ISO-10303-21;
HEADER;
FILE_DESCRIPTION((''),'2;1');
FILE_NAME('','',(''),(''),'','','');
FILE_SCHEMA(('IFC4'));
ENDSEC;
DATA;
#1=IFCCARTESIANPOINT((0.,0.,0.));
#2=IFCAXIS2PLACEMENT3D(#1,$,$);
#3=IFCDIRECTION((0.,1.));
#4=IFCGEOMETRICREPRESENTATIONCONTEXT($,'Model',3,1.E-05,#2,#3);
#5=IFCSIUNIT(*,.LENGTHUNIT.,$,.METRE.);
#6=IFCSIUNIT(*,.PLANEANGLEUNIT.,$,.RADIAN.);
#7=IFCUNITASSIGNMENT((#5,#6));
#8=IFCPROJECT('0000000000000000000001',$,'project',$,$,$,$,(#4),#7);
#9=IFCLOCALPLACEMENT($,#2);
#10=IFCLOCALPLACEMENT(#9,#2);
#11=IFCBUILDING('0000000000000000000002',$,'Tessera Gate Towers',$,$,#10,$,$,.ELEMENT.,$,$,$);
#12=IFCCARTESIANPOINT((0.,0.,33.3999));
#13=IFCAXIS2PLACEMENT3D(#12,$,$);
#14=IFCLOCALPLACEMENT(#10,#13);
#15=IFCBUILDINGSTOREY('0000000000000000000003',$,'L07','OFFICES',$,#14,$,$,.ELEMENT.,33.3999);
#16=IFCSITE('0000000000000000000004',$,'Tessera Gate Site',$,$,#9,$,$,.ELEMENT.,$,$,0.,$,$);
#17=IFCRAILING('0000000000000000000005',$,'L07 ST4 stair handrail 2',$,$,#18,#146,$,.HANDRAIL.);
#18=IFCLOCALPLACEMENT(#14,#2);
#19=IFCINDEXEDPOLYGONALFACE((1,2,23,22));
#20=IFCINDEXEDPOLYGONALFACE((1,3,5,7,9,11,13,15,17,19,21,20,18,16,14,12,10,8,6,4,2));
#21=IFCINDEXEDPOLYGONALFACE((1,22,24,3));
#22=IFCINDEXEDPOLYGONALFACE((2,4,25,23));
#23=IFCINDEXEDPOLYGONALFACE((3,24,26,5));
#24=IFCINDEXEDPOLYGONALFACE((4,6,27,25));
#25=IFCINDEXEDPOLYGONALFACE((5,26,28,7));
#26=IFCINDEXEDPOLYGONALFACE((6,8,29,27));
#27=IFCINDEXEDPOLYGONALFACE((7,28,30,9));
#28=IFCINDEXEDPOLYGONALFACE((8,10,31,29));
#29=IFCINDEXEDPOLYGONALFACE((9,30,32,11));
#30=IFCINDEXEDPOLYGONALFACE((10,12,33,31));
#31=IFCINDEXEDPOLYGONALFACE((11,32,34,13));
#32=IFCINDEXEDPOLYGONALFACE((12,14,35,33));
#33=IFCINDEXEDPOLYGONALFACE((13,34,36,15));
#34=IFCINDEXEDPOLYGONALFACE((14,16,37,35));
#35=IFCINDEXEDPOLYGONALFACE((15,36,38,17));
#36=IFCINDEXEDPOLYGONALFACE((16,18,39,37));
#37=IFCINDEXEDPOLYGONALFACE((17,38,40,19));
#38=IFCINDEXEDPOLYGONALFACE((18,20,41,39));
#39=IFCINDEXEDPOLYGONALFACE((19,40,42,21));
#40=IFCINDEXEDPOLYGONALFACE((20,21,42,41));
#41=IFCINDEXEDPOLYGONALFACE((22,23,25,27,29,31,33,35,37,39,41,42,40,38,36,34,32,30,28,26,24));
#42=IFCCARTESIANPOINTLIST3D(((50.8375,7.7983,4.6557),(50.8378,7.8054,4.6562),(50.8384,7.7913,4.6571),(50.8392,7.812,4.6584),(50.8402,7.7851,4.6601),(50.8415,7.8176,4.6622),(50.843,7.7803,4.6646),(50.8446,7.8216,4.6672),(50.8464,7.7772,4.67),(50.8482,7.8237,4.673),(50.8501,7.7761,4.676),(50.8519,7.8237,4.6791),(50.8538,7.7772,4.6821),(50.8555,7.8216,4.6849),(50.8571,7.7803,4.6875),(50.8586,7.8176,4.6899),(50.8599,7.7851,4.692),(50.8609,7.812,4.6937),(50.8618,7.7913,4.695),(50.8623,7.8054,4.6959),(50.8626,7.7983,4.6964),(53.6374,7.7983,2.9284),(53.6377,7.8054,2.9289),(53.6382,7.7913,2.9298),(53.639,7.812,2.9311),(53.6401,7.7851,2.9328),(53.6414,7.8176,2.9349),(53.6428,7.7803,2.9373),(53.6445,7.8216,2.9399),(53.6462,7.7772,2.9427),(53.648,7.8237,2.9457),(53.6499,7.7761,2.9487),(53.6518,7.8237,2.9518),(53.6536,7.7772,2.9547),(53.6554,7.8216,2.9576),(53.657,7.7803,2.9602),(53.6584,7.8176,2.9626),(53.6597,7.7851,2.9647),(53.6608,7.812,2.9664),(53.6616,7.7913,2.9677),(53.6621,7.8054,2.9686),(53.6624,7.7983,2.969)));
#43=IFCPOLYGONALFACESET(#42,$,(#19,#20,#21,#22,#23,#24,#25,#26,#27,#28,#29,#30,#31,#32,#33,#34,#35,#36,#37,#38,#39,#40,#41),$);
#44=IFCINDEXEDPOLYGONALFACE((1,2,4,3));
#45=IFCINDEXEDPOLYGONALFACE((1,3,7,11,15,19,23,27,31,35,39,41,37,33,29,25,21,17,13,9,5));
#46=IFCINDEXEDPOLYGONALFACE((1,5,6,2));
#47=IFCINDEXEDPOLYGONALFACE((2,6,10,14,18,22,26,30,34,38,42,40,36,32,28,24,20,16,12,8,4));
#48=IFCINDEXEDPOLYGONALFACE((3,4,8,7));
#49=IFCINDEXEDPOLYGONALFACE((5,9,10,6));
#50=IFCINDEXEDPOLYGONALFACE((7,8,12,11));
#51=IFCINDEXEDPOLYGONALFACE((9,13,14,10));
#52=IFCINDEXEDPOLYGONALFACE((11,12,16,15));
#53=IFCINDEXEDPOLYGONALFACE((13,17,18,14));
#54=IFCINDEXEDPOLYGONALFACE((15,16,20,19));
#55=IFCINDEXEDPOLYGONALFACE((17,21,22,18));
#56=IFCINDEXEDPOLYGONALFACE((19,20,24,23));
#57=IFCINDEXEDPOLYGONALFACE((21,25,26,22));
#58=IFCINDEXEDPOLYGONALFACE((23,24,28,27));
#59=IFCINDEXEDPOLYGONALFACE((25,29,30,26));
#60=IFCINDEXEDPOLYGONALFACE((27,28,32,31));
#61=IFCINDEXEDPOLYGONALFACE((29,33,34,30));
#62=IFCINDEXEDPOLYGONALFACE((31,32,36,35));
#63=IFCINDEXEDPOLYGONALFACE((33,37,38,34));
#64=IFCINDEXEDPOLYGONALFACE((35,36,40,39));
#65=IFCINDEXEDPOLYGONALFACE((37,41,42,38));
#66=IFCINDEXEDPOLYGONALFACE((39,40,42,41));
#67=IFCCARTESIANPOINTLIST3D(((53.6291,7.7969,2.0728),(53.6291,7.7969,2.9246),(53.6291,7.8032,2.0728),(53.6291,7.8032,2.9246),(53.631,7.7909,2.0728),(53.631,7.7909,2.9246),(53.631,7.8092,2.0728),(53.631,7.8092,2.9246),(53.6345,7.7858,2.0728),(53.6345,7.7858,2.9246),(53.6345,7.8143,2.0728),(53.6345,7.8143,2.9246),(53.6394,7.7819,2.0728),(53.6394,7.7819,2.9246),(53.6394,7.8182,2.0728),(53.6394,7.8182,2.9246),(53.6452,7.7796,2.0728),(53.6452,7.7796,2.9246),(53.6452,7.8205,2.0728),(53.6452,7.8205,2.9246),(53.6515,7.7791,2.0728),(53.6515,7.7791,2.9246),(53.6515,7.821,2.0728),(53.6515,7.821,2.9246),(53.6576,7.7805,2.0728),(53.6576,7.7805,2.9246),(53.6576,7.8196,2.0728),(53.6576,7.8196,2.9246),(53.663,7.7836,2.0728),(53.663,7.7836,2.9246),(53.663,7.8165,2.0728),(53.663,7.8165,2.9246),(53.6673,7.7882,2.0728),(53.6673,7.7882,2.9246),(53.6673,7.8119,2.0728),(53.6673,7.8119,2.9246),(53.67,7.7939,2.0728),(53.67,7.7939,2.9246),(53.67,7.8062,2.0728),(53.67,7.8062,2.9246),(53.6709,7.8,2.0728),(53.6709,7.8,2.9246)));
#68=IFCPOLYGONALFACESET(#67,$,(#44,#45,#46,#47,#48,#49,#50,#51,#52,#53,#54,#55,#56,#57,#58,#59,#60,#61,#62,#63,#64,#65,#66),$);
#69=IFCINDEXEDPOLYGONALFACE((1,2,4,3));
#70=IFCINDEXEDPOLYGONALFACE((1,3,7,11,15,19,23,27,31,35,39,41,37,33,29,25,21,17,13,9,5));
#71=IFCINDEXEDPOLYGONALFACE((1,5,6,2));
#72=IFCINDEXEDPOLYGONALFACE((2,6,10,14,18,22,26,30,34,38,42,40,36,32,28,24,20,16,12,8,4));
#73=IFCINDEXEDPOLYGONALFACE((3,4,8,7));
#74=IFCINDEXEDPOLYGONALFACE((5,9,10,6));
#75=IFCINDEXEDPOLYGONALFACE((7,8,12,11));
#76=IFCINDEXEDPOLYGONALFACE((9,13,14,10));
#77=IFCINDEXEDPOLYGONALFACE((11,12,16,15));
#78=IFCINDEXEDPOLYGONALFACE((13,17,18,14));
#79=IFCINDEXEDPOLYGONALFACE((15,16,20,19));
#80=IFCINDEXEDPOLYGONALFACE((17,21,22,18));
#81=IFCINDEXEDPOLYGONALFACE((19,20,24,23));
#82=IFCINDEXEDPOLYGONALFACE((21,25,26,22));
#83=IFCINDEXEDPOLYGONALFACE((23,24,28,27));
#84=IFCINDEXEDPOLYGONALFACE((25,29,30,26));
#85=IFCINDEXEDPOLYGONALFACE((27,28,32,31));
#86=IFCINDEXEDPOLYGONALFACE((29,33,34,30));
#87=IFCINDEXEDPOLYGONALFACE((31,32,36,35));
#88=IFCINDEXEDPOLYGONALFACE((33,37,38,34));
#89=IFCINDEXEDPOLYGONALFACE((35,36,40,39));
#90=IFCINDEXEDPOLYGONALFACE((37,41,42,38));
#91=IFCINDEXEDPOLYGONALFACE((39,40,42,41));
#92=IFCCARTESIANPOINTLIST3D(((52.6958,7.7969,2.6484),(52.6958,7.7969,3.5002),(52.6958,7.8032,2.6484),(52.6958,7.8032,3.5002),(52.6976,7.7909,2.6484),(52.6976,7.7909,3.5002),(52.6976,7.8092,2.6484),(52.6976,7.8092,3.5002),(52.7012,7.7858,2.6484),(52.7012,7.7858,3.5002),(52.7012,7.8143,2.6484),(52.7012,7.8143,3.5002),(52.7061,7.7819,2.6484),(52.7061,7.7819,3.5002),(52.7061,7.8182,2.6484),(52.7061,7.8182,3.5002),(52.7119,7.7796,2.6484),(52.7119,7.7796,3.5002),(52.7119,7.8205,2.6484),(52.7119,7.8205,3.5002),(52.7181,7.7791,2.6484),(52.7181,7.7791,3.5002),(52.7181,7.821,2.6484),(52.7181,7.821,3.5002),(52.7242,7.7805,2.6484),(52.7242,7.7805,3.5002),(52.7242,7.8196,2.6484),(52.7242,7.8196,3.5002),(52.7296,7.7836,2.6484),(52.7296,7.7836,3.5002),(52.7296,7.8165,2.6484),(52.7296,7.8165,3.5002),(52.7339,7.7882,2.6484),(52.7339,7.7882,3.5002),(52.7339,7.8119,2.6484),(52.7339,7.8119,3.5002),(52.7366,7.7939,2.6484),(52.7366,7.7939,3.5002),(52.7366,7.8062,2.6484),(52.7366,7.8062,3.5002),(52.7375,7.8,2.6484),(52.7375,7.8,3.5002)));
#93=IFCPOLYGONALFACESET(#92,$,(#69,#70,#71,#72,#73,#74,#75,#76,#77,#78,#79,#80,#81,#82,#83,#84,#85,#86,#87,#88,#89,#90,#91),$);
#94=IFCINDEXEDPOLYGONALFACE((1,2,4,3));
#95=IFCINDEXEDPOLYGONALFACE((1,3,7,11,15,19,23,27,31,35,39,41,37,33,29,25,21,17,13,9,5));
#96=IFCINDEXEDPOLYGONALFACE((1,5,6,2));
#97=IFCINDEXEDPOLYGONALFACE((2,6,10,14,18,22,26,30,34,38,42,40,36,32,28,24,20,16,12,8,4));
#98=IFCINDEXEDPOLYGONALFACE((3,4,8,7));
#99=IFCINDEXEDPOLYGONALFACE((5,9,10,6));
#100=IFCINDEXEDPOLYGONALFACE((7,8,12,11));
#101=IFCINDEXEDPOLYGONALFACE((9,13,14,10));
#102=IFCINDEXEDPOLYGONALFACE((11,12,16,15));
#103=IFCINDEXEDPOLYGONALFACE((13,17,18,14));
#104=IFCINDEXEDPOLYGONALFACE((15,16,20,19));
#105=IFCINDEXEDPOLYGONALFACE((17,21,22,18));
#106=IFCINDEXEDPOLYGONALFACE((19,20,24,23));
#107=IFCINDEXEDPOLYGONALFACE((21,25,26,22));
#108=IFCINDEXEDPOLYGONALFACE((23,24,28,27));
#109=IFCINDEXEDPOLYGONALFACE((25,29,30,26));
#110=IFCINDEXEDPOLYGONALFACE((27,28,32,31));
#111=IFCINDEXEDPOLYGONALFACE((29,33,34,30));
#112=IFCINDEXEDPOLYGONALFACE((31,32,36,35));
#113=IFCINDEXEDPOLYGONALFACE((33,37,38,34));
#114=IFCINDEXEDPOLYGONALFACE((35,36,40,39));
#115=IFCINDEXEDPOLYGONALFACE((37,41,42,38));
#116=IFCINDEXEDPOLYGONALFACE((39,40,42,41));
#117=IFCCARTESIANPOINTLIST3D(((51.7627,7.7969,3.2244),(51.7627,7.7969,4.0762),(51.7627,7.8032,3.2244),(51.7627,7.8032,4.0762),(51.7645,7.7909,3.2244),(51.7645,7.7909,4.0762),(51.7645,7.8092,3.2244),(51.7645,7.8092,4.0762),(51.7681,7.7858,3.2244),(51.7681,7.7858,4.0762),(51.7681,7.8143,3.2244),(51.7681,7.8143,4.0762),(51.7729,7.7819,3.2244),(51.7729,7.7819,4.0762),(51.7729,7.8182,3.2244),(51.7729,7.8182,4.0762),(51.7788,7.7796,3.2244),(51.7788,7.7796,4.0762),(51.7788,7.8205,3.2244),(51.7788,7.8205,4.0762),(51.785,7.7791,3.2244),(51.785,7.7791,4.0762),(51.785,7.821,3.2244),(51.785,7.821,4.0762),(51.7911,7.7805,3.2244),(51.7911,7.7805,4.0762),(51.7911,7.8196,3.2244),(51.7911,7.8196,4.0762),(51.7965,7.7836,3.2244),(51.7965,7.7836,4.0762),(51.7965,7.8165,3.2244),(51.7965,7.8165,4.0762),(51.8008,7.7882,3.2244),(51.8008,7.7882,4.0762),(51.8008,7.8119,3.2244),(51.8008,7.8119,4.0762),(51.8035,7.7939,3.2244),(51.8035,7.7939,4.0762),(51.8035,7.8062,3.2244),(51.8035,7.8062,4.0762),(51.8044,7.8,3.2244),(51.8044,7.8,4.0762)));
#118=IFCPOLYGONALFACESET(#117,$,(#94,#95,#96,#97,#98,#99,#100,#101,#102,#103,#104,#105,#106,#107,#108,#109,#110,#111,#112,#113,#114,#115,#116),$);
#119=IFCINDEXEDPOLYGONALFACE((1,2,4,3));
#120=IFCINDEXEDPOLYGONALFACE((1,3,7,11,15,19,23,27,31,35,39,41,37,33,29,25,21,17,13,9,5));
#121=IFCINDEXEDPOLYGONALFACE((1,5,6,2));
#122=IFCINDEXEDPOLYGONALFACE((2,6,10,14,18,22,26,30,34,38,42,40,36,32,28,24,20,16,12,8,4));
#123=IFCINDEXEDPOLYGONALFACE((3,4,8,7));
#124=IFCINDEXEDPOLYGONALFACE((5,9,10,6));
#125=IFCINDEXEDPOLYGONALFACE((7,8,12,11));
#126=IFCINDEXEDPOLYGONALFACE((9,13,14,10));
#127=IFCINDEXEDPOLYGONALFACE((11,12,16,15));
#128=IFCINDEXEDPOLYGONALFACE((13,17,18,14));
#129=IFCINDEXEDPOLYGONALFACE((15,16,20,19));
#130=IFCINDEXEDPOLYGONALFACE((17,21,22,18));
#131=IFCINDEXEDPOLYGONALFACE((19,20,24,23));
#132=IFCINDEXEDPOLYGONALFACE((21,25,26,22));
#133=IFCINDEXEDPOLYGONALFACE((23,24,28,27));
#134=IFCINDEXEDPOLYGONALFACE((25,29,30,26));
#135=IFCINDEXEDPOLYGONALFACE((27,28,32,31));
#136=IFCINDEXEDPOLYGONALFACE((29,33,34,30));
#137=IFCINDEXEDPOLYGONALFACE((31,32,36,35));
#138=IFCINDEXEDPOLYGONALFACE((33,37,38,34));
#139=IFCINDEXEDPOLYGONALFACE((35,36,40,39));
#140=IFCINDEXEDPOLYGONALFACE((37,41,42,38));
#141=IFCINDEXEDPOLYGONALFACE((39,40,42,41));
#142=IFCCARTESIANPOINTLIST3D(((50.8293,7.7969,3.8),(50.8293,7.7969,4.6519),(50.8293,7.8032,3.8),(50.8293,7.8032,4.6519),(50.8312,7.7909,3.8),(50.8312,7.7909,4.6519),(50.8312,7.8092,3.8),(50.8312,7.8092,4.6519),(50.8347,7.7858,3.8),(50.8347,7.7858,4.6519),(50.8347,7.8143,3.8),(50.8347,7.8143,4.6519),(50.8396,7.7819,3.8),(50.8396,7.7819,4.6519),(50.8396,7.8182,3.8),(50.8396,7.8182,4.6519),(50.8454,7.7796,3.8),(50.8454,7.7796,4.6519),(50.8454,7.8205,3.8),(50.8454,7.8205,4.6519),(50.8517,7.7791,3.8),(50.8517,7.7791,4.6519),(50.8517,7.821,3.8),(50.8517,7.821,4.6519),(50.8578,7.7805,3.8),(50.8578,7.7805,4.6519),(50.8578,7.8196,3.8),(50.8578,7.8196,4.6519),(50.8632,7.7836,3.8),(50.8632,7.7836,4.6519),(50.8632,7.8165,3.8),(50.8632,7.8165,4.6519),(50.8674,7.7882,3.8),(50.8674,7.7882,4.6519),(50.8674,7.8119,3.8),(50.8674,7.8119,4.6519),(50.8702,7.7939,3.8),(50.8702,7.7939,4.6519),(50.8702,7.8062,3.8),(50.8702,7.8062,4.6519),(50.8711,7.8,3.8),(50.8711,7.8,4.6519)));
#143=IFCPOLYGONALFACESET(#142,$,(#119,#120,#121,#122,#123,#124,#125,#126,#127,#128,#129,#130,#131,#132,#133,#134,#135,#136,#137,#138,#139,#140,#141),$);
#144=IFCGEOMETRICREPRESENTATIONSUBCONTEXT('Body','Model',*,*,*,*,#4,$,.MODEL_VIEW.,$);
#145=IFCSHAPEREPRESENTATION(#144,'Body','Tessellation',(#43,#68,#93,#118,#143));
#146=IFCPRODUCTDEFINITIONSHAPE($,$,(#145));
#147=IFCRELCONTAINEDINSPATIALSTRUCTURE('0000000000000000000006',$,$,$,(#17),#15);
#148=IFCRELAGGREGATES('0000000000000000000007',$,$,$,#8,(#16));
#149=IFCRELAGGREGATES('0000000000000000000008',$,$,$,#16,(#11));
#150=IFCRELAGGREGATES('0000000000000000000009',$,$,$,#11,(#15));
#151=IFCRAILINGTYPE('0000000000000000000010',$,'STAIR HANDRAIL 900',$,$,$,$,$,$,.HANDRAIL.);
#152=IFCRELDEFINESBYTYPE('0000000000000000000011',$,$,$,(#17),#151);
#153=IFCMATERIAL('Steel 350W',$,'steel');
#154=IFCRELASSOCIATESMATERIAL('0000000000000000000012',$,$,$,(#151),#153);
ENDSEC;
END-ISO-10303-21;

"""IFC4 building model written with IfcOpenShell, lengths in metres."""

from ifc_helpers import new_model, si_unit, direction, frame, origin, origin_2d, place, context, subcontext, project, spatial, circle, extrude, material, type_object, element, save


model = new_model("IFC4")

# Units and contexts
model_context = context("Model", 3, precision=1e-05, world=origin(), true_north=direction((0.0, 1.0)))
body_context = subcontext(model_context, "Body", "Model", "MODEL_VIEW")
ifc_project = project(units=[si_unit("LENGTHUNIT", "METRE"), si_unit("PLANEANGLEUNIT", "RADIAN")], contexts=[model_context])

# Site, building, storey
site_placement = place(None, origin())
site = spatial("IfcSite", under=ifc_project, at=site_placement, Name="Tessera Gate Site", CompositionType="ELEMENT", RefElevation=0.0)
building_placement = place(site_placement, origin())
building = spatial("IfcBuilding", under=site, at=building_placement, Name="Tessera Gate Towers", CompositionType="ELEMENT")
storey_placement = place(building_placement, frame((0.0, 0.0, 33.3999)))
storey = spatial("IfcBuildingStorey", under=building, at=storey_placement, Name="L07", Description="OFFICES", CompositionType="ELEMENT", Elevation=33.3999)

# Railing
ifc_material_1 = material(Name="Steel 350W", Category="steel")
railing_type_1 = type_object("IfcRailingType", Name="STAIR HANDRAIL 900", PredefinedType="HANDRAIL", material=ifc_material_1)
railing_1_placement = place(storey_placement, frame((53.6499, 7.8, 2.0728)))
element("IfcRailing", 1, at=railing_1_placement, inside=storey, type_object=railing_type_1, Name="L07 ST4 stair handrail 2", PredefinedType="HANDRAIL", context=body_context, shape_type="SweptSolid", body=[
    extrude(circle(Radius=0.0239, at=origin_2d()), frame((0.0, 0.0, 0.876), z_axis=(-0.851069, 0.0, 0.525054), x_axis=(0.0, -1.0, 0.0)), (0.0, 0.0, 1.0), 3.2898),
    extrude(circle(Radius=0.021, at=origin_2d()), origin(), (0.0, 0.0, 1.0), 0.8518),
    extrude(circle(Radius=0.021, at=origin_2d()), frame((-0.9333, 0.0, 0.5757)), (0.0, 0.0, 1.0), 0.8518),
    extrude(circle(Radius=0.021, at=origin_2d()), frame((-1.8665, 0.0, 1.1516)), (0.0, 0.0, 1.0), 0.8518),
    extrude(circle(Radius=0.021, at=origin_2d()), frame((-2.7998, 0.0, 1.7273)), (0.0, 0.0, 1.0), 0.8518),
])

save(model, "model.ifc")
